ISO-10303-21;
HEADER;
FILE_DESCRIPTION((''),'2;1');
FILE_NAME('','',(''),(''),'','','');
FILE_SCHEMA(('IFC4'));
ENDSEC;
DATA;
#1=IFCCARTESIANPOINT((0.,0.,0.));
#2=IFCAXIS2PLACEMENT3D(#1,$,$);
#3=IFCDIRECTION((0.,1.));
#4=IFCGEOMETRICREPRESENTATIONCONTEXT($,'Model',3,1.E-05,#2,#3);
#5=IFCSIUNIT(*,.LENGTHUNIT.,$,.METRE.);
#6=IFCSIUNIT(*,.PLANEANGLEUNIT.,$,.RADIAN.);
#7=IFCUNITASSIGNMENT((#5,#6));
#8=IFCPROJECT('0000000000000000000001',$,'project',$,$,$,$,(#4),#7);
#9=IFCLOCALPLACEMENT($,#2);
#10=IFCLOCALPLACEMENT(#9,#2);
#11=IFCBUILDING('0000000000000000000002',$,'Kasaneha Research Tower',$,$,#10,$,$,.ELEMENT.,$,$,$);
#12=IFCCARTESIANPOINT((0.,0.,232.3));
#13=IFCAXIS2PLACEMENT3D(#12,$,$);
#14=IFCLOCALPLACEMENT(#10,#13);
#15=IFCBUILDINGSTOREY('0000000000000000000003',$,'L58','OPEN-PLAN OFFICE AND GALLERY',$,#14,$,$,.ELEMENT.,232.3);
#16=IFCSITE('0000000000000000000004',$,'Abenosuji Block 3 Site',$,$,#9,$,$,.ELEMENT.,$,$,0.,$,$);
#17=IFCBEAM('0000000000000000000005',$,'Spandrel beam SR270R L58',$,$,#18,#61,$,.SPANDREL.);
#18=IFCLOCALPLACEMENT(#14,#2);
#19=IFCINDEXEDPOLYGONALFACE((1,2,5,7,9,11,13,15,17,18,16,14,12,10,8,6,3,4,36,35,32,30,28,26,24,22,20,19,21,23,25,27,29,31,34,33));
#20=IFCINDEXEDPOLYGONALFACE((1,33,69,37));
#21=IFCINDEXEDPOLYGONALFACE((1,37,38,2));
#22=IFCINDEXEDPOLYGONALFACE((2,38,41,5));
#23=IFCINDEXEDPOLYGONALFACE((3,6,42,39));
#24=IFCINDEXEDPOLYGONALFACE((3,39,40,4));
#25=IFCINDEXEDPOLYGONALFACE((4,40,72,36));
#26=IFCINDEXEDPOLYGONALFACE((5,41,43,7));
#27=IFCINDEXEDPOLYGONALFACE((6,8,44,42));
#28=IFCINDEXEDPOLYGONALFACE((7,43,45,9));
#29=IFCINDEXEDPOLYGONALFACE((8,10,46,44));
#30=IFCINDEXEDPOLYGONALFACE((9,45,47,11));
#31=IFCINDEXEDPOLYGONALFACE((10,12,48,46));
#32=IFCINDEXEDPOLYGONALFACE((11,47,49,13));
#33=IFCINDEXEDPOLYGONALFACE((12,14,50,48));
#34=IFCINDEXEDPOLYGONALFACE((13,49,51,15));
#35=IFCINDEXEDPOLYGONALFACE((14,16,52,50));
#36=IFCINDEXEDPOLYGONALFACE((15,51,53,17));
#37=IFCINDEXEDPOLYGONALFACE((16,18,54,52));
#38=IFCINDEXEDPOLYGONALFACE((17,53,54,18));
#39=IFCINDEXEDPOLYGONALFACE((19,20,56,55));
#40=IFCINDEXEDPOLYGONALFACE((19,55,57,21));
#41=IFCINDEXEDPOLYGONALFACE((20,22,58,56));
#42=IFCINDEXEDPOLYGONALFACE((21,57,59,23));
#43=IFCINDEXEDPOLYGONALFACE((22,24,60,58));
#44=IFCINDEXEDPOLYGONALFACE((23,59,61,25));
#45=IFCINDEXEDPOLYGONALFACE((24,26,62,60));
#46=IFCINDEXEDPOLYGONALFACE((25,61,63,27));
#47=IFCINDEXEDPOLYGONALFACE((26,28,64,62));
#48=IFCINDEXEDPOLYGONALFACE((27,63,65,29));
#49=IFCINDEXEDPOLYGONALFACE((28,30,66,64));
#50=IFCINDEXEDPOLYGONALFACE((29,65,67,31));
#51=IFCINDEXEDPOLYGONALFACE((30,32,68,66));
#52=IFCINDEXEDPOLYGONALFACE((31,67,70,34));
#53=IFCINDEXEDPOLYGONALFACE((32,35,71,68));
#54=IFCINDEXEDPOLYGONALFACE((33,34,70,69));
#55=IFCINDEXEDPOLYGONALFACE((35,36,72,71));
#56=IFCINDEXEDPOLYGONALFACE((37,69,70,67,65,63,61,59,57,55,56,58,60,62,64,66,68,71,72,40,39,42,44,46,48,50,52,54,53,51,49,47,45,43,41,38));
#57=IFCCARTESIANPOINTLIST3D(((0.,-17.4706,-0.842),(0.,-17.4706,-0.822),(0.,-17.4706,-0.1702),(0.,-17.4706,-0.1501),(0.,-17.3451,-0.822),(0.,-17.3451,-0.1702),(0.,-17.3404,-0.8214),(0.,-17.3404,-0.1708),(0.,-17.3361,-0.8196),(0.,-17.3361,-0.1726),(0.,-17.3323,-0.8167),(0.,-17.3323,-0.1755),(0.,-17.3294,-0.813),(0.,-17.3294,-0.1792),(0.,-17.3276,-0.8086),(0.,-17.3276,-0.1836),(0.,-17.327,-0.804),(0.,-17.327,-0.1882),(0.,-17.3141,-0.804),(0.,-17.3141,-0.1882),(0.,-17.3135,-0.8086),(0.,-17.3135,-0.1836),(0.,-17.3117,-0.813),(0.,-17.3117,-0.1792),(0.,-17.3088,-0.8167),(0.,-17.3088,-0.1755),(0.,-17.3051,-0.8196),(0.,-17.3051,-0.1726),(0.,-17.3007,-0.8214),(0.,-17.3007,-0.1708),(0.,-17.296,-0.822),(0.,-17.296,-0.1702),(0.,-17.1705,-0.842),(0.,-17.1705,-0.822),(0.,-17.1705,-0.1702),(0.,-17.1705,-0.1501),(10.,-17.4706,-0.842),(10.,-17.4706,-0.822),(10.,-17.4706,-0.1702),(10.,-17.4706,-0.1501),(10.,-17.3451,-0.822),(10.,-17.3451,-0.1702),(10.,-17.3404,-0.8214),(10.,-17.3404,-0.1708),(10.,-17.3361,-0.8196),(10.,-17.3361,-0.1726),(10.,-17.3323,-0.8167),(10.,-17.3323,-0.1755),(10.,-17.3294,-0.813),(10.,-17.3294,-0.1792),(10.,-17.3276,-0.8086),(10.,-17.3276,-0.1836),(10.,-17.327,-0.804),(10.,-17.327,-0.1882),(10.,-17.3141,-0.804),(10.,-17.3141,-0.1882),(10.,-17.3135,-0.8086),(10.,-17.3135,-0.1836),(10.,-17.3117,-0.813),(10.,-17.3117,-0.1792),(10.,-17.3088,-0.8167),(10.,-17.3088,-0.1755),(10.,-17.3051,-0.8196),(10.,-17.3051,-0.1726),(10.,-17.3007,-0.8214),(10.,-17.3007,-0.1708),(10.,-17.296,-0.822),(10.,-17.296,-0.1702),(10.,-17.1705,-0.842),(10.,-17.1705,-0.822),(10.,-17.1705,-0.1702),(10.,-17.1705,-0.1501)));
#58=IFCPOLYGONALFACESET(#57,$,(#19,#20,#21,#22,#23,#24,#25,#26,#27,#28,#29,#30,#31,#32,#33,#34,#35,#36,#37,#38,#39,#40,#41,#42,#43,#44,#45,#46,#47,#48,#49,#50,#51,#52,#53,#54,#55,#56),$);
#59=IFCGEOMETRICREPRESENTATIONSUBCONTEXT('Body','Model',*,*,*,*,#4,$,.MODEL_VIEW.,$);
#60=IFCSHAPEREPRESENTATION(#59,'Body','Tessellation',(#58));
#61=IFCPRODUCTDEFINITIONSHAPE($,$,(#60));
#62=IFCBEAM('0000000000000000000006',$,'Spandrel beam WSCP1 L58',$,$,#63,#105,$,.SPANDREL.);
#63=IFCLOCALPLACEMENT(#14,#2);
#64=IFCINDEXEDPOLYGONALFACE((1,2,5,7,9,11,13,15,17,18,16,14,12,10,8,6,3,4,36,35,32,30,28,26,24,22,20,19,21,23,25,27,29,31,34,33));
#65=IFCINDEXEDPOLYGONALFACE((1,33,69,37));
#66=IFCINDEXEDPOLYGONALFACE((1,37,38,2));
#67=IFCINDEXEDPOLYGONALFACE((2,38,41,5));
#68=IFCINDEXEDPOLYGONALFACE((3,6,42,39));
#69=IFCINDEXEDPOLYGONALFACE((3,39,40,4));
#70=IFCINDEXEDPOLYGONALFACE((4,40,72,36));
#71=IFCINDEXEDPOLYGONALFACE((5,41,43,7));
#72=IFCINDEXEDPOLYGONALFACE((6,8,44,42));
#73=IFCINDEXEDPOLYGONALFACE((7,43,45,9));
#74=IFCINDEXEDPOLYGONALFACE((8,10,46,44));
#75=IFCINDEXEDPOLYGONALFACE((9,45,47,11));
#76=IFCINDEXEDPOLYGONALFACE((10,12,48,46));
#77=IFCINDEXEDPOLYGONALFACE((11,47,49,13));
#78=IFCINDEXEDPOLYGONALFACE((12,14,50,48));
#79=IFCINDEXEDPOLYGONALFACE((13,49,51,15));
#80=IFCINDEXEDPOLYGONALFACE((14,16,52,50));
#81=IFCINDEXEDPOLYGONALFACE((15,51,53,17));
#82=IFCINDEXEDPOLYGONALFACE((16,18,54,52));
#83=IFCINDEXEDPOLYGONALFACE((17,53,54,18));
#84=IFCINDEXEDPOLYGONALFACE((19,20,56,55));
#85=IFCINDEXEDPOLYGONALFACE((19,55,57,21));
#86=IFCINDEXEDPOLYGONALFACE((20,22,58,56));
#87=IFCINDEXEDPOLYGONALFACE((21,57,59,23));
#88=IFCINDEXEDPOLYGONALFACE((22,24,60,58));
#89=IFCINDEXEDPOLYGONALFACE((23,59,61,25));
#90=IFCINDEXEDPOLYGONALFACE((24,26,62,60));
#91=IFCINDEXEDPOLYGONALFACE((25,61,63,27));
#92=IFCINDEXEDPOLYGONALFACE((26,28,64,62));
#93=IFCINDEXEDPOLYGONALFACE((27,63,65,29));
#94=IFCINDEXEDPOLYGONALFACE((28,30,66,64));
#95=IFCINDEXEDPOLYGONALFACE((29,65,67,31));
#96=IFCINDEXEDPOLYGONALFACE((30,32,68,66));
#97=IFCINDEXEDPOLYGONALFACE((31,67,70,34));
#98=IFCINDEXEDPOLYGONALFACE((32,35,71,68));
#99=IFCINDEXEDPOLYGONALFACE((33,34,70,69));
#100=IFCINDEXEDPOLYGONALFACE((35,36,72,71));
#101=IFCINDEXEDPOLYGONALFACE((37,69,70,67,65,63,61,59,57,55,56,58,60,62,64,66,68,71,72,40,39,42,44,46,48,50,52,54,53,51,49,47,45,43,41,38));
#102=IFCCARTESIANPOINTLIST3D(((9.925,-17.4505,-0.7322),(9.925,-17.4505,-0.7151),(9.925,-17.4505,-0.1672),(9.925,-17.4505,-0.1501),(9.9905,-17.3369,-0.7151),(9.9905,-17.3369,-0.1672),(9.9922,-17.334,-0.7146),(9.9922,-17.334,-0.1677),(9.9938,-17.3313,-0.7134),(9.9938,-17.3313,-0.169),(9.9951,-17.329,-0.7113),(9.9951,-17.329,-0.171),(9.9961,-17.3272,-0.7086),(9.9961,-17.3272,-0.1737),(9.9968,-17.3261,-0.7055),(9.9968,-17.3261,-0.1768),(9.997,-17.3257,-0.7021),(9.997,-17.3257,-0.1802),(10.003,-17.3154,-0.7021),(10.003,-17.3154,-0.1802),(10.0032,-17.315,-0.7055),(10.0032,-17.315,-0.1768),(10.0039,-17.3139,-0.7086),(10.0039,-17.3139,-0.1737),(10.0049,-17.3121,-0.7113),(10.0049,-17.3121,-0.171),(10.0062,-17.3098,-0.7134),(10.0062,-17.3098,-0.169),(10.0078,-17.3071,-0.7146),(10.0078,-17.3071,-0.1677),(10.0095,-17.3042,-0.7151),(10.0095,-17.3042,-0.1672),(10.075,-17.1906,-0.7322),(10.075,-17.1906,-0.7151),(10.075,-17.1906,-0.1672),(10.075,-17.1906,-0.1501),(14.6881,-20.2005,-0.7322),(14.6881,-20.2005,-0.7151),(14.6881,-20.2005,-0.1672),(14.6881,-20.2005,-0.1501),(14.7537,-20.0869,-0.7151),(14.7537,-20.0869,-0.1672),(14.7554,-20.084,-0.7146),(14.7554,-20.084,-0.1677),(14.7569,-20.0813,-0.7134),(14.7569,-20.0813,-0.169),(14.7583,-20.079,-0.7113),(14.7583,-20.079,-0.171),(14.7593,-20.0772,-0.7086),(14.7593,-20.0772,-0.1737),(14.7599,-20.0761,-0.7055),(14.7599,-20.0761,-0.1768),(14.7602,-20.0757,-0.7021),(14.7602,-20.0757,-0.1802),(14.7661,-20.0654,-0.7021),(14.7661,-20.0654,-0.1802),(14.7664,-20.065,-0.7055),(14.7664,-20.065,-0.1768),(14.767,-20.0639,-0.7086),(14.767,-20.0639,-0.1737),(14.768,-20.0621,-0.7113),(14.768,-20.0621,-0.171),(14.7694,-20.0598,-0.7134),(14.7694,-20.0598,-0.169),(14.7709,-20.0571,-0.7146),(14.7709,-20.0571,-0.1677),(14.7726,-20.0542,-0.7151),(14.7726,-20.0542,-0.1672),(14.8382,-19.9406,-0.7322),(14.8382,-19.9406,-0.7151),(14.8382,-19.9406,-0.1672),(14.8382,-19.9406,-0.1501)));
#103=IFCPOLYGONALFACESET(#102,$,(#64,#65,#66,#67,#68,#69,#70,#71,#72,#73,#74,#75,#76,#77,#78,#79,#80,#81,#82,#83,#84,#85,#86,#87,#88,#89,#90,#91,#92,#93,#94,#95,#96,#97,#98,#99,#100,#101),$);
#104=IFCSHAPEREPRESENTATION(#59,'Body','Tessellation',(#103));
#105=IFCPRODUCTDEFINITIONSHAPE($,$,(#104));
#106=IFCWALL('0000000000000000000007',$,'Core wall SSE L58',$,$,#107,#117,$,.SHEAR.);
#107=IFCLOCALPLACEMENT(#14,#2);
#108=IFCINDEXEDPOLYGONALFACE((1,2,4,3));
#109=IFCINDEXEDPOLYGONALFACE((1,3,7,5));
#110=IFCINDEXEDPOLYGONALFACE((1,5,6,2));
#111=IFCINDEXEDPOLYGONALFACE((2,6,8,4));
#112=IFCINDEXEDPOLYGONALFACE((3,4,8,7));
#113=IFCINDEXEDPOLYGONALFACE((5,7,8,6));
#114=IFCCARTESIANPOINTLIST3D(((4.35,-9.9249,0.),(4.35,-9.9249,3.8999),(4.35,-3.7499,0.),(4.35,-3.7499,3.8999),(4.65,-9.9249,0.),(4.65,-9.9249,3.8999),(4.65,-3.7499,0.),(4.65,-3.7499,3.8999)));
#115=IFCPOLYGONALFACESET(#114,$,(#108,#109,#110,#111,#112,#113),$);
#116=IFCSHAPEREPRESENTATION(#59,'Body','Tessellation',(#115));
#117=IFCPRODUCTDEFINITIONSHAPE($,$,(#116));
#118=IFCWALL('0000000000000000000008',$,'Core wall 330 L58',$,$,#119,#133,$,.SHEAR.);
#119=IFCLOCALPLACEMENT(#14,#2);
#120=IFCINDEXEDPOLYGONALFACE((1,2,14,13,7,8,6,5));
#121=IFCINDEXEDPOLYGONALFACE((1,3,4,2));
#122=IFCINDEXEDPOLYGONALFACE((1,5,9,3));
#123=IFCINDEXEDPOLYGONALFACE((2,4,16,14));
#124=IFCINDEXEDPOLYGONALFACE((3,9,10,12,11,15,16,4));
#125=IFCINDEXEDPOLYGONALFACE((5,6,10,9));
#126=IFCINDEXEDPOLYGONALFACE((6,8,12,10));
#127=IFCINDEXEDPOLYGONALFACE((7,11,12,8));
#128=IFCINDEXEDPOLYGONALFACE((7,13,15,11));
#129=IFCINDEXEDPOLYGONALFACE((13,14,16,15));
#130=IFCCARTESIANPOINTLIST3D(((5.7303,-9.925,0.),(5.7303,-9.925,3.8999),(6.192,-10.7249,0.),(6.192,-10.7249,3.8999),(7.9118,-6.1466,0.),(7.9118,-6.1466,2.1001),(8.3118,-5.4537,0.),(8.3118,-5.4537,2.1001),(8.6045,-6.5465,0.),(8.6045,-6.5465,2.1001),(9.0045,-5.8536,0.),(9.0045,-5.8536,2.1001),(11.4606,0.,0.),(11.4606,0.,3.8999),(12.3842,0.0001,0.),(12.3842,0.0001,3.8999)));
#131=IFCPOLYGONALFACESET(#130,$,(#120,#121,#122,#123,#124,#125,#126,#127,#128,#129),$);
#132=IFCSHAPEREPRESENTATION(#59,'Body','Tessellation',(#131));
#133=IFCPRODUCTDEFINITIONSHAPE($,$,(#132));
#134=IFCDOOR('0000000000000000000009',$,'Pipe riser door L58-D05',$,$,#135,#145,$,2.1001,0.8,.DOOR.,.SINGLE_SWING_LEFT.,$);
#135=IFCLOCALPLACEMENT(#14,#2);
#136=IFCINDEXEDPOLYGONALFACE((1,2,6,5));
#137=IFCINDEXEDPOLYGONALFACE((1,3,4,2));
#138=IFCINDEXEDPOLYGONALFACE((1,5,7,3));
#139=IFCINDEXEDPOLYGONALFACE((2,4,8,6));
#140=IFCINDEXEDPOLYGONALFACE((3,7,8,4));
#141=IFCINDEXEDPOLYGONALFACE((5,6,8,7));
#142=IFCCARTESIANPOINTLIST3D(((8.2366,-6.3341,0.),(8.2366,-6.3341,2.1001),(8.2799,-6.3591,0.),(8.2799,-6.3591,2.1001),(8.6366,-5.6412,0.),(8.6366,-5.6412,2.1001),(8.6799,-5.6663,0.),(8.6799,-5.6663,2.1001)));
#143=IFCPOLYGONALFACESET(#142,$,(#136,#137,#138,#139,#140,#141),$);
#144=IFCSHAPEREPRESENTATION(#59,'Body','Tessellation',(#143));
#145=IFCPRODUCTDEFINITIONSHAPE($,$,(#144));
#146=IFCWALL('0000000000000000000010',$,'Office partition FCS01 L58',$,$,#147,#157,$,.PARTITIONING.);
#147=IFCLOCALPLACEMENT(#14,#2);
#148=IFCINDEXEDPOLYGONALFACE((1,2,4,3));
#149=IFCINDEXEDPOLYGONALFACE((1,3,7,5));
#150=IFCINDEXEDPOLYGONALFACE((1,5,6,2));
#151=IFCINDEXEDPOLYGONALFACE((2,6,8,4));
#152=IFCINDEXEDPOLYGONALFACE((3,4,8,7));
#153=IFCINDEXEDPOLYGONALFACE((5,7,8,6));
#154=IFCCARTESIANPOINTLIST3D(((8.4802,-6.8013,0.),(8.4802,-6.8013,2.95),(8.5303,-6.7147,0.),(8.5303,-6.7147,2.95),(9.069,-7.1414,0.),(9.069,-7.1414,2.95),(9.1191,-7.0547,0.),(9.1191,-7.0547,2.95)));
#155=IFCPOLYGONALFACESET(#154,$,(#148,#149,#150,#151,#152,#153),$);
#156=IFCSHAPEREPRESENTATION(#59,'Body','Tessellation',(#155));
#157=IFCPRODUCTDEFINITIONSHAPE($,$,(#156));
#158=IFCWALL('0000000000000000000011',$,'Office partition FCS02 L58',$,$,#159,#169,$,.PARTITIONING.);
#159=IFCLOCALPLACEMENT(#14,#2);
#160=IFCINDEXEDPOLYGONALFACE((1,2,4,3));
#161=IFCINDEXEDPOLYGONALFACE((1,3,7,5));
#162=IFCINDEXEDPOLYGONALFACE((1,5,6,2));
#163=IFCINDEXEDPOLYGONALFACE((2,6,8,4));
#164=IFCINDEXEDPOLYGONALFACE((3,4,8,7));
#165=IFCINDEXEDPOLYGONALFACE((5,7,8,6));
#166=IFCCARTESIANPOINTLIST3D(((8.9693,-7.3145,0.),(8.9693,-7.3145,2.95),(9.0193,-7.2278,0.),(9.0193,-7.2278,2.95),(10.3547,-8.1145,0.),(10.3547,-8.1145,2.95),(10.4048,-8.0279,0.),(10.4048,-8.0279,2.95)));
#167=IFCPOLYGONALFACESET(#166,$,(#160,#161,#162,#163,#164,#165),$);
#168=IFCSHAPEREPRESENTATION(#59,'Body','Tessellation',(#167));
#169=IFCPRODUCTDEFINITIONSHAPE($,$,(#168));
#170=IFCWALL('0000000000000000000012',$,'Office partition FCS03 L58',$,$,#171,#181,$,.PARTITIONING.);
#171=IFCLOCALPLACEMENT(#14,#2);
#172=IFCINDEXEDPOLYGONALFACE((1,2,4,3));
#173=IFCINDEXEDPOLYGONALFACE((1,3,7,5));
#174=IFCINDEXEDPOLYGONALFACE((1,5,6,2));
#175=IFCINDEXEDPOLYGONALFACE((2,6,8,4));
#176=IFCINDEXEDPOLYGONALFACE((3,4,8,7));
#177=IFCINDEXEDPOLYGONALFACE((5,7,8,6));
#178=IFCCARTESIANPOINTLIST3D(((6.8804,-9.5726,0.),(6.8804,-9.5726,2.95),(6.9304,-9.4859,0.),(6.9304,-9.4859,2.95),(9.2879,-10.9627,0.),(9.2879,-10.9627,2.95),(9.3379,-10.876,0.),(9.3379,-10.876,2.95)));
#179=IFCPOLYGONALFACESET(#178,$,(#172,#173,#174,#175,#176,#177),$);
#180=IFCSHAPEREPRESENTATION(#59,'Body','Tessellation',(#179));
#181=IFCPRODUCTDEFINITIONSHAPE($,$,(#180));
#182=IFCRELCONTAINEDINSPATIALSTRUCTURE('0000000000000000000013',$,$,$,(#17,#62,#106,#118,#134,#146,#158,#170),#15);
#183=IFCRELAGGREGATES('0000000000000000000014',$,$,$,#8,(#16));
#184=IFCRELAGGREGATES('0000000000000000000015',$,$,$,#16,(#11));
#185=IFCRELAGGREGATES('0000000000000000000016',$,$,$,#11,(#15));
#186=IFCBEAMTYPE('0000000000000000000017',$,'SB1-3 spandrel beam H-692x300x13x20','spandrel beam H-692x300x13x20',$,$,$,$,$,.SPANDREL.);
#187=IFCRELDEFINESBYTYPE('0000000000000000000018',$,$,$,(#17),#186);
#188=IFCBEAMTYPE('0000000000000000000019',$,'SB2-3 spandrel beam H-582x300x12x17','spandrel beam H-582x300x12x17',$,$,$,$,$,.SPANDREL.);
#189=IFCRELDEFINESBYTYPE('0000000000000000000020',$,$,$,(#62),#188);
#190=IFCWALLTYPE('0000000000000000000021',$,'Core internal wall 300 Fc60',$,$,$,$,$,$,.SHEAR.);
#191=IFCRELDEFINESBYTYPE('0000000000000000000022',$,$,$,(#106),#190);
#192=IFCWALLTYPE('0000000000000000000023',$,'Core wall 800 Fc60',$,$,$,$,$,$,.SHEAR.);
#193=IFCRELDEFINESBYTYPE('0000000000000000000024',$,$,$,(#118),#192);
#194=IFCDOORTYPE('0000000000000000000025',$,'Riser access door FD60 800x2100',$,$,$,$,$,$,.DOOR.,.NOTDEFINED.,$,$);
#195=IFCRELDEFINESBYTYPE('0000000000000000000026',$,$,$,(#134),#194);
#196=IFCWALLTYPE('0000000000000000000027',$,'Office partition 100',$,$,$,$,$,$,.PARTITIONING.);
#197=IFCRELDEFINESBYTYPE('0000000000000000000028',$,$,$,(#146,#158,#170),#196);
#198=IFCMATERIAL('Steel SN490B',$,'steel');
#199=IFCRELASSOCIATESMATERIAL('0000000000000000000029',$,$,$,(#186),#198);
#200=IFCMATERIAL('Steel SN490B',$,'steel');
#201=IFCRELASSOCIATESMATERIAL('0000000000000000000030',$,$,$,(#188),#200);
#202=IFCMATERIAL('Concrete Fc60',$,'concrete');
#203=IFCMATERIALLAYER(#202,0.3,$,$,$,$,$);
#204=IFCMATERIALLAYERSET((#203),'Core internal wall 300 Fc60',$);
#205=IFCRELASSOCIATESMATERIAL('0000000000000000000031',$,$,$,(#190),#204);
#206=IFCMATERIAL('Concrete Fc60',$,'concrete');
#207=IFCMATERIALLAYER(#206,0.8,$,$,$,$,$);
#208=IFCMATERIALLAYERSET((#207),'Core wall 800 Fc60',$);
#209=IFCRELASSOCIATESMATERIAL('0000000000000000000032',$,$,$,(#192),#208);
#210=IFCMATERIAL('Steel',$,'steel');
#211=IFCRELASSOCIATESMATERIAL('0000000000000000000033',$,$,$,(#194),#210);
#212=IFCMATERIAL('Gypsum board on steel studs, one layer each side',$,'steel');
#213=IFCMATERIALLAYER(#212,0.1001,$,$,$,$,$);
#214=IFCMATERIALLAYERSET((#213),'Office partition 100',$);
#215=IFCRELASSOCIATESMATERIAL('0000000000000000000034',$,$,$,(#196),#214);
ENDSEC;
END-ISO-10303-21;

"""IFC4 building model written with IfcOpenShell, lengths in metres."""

from ifc_helpers import new_model, si_unit, direction, frame, frame_2d, origin, origin_2d, place, context, subcontext, project, spatial, polyline, rectangle, i_section, outline, extrude, material, layer, layer_set, material_profile, profile_set, type_object, element, fill, save


model = new_model("IFC4")

# Units and contexts
model_context = context("Model", 3, precision=1e-05, world=origin(), true_north=direction((0.0, 1.0)))
body_context = subcontext(model_context, "Body", "Model", "MODEL_VIEW")
ifc_project = project(units=[si_unit("LENGTHUNIT", "METRE"), si_unit("PLANEANGLEUNIT", "RADIAN")], contexts=[model_context])

# Site, building, storey
site_placement = place(None, origin())
site = spatial("IfcSite", under=ifc_project, at=site_placement, Name="Abenosuji Block 3 Site", CompositionType="ELEMENT", RefElevation=0.0)
building_placement = place(site_placement, origin())
building = spatial("IfcBuilding", under=site, at=building_placement, Name="Kasaneha Research Tower", CompositionType="ELEMENT")
storey_placement = place(building_placement, frame((0.0, 0.0, 232.3)))
storey = spatial("IfcBuildingStorey", under=building, at=storey_placement, Name="L58", Description="OPEN-PLAN OFFICE AND GALLERY", CompositionType="ELEMENT", Elevation=232.3)

# Beams
ifc_material_1 = material(Name="Steel SN490B", Category="steel")
ifc_material_profile_1 = material_profile(ifc_material_1, i_section(OverallWidth=0.3, OverallDepth=0.6919, WebThickness=0.0129, FlangeThickness=0.02, FilletRadius=0.0181, at=origin_2d()), Name="H-692x300x13x20")
ifc_profile_set_1 = profile_set([ifc_material_profile_1], Name="Steel SN490B")
beam_type_1 = type_object("IfcBeamType", Name="SB1-3 spandrel beam H-692x300x13x20", Description="spandrel beam H-692x300x13x20", PredefinedType="SPANDREL", material=ifc_profile_set_1)
beam_1_placement = place(storey_placement, frame((10.0, -17.3206, -0.4961), z_axis=(-1.0, 0.0, 0.0), x_axis=(0.0, -1.0, 0.0)))
element("IfcBeam", 1, at=beam_1_placement, inside=storey, type_object=beam_type_1, Name="Spandrel beam SR270R L58", PredefinedType="SPANDREL", context=body_context, shape_type="SweptSolid", body=[
    extrude(i_section(OverallWidth=0.3, OverallDepth=0.6919, WebThickness=0.0129, FlangeThickness=0.02, FilletRadius=0.0181, at=origin_2d()), origin(), (0.0, 0.0, 1.0), 10.0),
])
ifc_material_2 = material(Name="Steel SN490B", Category="steel")
ifc_material_profile_2 = material_profile(ifc_material_2, i_section(OverallWidth=0.3, OverallDepth=0.582, WebThickness=0.012, FlangeThickness=0.0171, FilletRadius=0.0129, at=origin_2d()), Name="H-582x300x12x17")
ifc_profile_set_2 = profile_set([ifc_material_profile_2], Name="Steel SN490B")
beam_type_2 = type_object("IfcBeamType", Name="SB2-3 spandrel beam H-582x300x12x17", Description="spandrel beam H-582x300x12x17", PredefinedType="SPANDREL", material=ifc_profile_set_2)
beam_2_placement = place(storey_placement, frame((10.0, -17.3206, -0.4412), z_axis=(0.866027, -0.499997, 0.0), x_axis=(0.499997, 0.866027, 0.0)))
element("IfcBeam", 2, at=beam_2_placement, inside=storey, type_object=beam_type_2, Name="Spandrel beam WSCP1 L58", PredefinedType="SPANDREL", context=body_context, shape_type="SweptSolid", body=[
    extrude(i_section(OverallWidth=0.3, OverallDepth=0.582, WebThickness=0.012, FlangeThickness=0.0171, FilletRadius=0.0129, at=origin_2d()), origin(), (0.0, 0.0, 1.0), 5.5),
])

# Wall
ifc_material_3 = material(Name="Concrete Fc60", Category="concrete")
ifc_layer_1 = layer(ifc_material_3, 0.3)
ifc_layer_set_1 = layer_set([ifc_layer_1], Name="Core internal wall 300 Fc60")
wall_type_1 = type_object("IfcWallType", Name="Core internal wall 300 Fc60", PredefinedType="SHEAR", material=ifc_layer_set_1)
wall_1_placement = place(storey_placement, frame((4.5, -3.75, 0.0), z_axis=(0.0, 0.0, 1.0), x_axis=(0.0, -1.0, 0.0)))
element("IfcWall", 3, at=wall_1_placement, inside=storey, type_object=wall_type_1, Name="Core wall SSE L58", PredefinedType="SHEAR", context=body_context, shape_type="SweptSolid", body=[
    extrude(rectangle(XDim=6.175, YDim=0.3, at=frame_2d((3.0874, 0.0))), origin(), (0.0, 0.0, 1.0), 3.8999),
])

# Wall, opening, door
ifc_material_4 = material(Name="Concrete Fc60", Category="concrete")
ifc_layer_2 = layer(ifc_material_4, 0.8)
ifc_layer_set_2 = layer_set([ifc_layer_2], Name="Core wall 800 Fc60")
wall_type_2 = type_object("IfcWallType", Name="Core wall 800 Fc60", PredefinedType="SHEAR", material=ifc_layer_set_2)
wall_2_placement = place(storey_placement, frame((5.9612, -10.325, 0.0), z_axis=(0.0, 0.0, 1.0), x_axis=(0.500004, 0.866023, 0.0)))
wall_2 = element("IfcWall", 4, at=wall_2_placement, inside=storey, type_object=wall_type_2, Name="Core wall 330 L58", PredefinedType="SHEAR", context=body_context, shape_type="SweptSolid", body=[
    extrude(outline(polyline([(-0.231, -0.3999), (4.594, -0.3999), (5.394, -0.3999), (12.1533, -0.3999), (11.6914, 0.3999), (5.394, 0.3999), (4.594, 0.3999), (0.231, 0.3999), (-0.231, -0.3999)])), origin(), (0.0, 0.0, 1.0), 3.8999),
])
opening_1_placement = place(wall_2_placement, frame((4.594, 0.0, 0.0)))
opening_1 = element("IfcOpeningElement", 5, at=opening_1_placement, cuts=wall_2, PredefinedType="OPENING", context=body_context, shape_type="SweptSolid", body=[
    extrude(rectangle(XDim=0.8, YDim=2.1001, at=frame_2d((0.3999, 1.05))), frame((0.0, 0.4102, 0.0), z_axis=(0.0, -1.0, 0.0), x_axis=(1.0, 0.0, 0.0)), (0.0, 0.0, 1.0), 0.8201),
])
ifc_material_5 = material(Name="Steel", Category="steel")
door_type_1 = type_object("IfcDoorType", Name="Riser access door FD60 800x2100", OperationType="NOTDEFINED", PredefinedType="DOOR", material=ifc_material_5)
door_1_placement = place(opening_1_placement, origin())
door_1 = element("IfcDoor", 6, at=door_1_placement, inside=storey, type_object=door_type_1, Name="Pipe riser door L58-D05", OperationType="SINGLE_SWING_LEFT", OverallHeight=2.1001, OverallWidth=0.8, PredefinedType="DOOR", context=body_context, shape_type="SweptSolid", body=[
    extrude(rectangle(XDim=0.8, YDim=2.1001, at=frame_2d((0.3999, 1.05))), frame((0.0, 0.0249, 0.0), z_axis=(0.0, -1.0, 0.0), x_axis=(1.0, 0.0, 0.0)), (0.0, 0.0, 1.0), 0.05),
])
fill(opening_1, door_1)

# Walls
ifc_material_6 = material(Name="Gypsum board on steel studs, one layer each side", Category="steel")
ifc_layer_3 = layer(ifc_material_6, 0.1001)
ifc_layer_set_3 = layer_set([ifc_layer_3], Name="Office partition 100")
wall_type_3 = type_object("IfcWallType", Name="Office partition 100", PredefinedType="PARTITIONING", material=ifc_layer_set_3)
wall_3_placement = place(storey_placement, frame((8.5054, -6.7581, 0.0), z_axis=(0.0, 0.0, 1.0), x_axis=(0.865958, -0.500116, 0.0)))
element("IfcWall", 7, at=wall_3_placement, inside=storey, type_object=wall_type_3, Name="Office partition FCS01 L58", PredefinedType="PARTITIONING", context=body_context, shape_type="SweptSolid", body=[
    extrude(rectangle(XDim=0.6799, YDim=0.1001, at=frame_2d((0.3398, 0.0))), origin(), (0.0, 0.0, 1.0), 2.95),
])
wall_4_placement = place(storey_placement, frame((8.9944, -7.2712, 0.0), z_axis=(0.0, 0.0, 1.0), x_axis=(0.86599, -0.500061, 0.0)))
element("IfcWall", 8, at=wall_4_placement, inside=storey, type_object=wall_type_3, Name="Office partition FCS02 L58", PredefinedType="PARTITIONING", context=body_context, shape_type="SweptSolid", body=[
    extrude(rectangle(XDim=1.5999, YDim=0.1001, at=frame_2d((0.7998, 0.0))), origin(), (0.0, 0.0, 1.0), 2.95),
])
wall_5_placement = place(storey_placement, frame((9.313, -10.9194, 0.0), z_axis=(0.0, 0.0, 1.0), x_axis=(-0.865997, 0.500049, 0.0)))
element("IfcWall", 9, at=wall_5_placement, inside=storey, type_object=wall_type_3, Name="Office partition FCS03 L58", PredefinedType="PARTITIONING", context=body_context, shape_type="SweptSolid", body=[
    extrude(rectangle(XDim=2.78, YDim=0.1001, at=frame_2d((1.3901, 0.0))), origin(), (0.0, 0.0, 1.0), 2.95),
])

save(model, "model.ifc")
